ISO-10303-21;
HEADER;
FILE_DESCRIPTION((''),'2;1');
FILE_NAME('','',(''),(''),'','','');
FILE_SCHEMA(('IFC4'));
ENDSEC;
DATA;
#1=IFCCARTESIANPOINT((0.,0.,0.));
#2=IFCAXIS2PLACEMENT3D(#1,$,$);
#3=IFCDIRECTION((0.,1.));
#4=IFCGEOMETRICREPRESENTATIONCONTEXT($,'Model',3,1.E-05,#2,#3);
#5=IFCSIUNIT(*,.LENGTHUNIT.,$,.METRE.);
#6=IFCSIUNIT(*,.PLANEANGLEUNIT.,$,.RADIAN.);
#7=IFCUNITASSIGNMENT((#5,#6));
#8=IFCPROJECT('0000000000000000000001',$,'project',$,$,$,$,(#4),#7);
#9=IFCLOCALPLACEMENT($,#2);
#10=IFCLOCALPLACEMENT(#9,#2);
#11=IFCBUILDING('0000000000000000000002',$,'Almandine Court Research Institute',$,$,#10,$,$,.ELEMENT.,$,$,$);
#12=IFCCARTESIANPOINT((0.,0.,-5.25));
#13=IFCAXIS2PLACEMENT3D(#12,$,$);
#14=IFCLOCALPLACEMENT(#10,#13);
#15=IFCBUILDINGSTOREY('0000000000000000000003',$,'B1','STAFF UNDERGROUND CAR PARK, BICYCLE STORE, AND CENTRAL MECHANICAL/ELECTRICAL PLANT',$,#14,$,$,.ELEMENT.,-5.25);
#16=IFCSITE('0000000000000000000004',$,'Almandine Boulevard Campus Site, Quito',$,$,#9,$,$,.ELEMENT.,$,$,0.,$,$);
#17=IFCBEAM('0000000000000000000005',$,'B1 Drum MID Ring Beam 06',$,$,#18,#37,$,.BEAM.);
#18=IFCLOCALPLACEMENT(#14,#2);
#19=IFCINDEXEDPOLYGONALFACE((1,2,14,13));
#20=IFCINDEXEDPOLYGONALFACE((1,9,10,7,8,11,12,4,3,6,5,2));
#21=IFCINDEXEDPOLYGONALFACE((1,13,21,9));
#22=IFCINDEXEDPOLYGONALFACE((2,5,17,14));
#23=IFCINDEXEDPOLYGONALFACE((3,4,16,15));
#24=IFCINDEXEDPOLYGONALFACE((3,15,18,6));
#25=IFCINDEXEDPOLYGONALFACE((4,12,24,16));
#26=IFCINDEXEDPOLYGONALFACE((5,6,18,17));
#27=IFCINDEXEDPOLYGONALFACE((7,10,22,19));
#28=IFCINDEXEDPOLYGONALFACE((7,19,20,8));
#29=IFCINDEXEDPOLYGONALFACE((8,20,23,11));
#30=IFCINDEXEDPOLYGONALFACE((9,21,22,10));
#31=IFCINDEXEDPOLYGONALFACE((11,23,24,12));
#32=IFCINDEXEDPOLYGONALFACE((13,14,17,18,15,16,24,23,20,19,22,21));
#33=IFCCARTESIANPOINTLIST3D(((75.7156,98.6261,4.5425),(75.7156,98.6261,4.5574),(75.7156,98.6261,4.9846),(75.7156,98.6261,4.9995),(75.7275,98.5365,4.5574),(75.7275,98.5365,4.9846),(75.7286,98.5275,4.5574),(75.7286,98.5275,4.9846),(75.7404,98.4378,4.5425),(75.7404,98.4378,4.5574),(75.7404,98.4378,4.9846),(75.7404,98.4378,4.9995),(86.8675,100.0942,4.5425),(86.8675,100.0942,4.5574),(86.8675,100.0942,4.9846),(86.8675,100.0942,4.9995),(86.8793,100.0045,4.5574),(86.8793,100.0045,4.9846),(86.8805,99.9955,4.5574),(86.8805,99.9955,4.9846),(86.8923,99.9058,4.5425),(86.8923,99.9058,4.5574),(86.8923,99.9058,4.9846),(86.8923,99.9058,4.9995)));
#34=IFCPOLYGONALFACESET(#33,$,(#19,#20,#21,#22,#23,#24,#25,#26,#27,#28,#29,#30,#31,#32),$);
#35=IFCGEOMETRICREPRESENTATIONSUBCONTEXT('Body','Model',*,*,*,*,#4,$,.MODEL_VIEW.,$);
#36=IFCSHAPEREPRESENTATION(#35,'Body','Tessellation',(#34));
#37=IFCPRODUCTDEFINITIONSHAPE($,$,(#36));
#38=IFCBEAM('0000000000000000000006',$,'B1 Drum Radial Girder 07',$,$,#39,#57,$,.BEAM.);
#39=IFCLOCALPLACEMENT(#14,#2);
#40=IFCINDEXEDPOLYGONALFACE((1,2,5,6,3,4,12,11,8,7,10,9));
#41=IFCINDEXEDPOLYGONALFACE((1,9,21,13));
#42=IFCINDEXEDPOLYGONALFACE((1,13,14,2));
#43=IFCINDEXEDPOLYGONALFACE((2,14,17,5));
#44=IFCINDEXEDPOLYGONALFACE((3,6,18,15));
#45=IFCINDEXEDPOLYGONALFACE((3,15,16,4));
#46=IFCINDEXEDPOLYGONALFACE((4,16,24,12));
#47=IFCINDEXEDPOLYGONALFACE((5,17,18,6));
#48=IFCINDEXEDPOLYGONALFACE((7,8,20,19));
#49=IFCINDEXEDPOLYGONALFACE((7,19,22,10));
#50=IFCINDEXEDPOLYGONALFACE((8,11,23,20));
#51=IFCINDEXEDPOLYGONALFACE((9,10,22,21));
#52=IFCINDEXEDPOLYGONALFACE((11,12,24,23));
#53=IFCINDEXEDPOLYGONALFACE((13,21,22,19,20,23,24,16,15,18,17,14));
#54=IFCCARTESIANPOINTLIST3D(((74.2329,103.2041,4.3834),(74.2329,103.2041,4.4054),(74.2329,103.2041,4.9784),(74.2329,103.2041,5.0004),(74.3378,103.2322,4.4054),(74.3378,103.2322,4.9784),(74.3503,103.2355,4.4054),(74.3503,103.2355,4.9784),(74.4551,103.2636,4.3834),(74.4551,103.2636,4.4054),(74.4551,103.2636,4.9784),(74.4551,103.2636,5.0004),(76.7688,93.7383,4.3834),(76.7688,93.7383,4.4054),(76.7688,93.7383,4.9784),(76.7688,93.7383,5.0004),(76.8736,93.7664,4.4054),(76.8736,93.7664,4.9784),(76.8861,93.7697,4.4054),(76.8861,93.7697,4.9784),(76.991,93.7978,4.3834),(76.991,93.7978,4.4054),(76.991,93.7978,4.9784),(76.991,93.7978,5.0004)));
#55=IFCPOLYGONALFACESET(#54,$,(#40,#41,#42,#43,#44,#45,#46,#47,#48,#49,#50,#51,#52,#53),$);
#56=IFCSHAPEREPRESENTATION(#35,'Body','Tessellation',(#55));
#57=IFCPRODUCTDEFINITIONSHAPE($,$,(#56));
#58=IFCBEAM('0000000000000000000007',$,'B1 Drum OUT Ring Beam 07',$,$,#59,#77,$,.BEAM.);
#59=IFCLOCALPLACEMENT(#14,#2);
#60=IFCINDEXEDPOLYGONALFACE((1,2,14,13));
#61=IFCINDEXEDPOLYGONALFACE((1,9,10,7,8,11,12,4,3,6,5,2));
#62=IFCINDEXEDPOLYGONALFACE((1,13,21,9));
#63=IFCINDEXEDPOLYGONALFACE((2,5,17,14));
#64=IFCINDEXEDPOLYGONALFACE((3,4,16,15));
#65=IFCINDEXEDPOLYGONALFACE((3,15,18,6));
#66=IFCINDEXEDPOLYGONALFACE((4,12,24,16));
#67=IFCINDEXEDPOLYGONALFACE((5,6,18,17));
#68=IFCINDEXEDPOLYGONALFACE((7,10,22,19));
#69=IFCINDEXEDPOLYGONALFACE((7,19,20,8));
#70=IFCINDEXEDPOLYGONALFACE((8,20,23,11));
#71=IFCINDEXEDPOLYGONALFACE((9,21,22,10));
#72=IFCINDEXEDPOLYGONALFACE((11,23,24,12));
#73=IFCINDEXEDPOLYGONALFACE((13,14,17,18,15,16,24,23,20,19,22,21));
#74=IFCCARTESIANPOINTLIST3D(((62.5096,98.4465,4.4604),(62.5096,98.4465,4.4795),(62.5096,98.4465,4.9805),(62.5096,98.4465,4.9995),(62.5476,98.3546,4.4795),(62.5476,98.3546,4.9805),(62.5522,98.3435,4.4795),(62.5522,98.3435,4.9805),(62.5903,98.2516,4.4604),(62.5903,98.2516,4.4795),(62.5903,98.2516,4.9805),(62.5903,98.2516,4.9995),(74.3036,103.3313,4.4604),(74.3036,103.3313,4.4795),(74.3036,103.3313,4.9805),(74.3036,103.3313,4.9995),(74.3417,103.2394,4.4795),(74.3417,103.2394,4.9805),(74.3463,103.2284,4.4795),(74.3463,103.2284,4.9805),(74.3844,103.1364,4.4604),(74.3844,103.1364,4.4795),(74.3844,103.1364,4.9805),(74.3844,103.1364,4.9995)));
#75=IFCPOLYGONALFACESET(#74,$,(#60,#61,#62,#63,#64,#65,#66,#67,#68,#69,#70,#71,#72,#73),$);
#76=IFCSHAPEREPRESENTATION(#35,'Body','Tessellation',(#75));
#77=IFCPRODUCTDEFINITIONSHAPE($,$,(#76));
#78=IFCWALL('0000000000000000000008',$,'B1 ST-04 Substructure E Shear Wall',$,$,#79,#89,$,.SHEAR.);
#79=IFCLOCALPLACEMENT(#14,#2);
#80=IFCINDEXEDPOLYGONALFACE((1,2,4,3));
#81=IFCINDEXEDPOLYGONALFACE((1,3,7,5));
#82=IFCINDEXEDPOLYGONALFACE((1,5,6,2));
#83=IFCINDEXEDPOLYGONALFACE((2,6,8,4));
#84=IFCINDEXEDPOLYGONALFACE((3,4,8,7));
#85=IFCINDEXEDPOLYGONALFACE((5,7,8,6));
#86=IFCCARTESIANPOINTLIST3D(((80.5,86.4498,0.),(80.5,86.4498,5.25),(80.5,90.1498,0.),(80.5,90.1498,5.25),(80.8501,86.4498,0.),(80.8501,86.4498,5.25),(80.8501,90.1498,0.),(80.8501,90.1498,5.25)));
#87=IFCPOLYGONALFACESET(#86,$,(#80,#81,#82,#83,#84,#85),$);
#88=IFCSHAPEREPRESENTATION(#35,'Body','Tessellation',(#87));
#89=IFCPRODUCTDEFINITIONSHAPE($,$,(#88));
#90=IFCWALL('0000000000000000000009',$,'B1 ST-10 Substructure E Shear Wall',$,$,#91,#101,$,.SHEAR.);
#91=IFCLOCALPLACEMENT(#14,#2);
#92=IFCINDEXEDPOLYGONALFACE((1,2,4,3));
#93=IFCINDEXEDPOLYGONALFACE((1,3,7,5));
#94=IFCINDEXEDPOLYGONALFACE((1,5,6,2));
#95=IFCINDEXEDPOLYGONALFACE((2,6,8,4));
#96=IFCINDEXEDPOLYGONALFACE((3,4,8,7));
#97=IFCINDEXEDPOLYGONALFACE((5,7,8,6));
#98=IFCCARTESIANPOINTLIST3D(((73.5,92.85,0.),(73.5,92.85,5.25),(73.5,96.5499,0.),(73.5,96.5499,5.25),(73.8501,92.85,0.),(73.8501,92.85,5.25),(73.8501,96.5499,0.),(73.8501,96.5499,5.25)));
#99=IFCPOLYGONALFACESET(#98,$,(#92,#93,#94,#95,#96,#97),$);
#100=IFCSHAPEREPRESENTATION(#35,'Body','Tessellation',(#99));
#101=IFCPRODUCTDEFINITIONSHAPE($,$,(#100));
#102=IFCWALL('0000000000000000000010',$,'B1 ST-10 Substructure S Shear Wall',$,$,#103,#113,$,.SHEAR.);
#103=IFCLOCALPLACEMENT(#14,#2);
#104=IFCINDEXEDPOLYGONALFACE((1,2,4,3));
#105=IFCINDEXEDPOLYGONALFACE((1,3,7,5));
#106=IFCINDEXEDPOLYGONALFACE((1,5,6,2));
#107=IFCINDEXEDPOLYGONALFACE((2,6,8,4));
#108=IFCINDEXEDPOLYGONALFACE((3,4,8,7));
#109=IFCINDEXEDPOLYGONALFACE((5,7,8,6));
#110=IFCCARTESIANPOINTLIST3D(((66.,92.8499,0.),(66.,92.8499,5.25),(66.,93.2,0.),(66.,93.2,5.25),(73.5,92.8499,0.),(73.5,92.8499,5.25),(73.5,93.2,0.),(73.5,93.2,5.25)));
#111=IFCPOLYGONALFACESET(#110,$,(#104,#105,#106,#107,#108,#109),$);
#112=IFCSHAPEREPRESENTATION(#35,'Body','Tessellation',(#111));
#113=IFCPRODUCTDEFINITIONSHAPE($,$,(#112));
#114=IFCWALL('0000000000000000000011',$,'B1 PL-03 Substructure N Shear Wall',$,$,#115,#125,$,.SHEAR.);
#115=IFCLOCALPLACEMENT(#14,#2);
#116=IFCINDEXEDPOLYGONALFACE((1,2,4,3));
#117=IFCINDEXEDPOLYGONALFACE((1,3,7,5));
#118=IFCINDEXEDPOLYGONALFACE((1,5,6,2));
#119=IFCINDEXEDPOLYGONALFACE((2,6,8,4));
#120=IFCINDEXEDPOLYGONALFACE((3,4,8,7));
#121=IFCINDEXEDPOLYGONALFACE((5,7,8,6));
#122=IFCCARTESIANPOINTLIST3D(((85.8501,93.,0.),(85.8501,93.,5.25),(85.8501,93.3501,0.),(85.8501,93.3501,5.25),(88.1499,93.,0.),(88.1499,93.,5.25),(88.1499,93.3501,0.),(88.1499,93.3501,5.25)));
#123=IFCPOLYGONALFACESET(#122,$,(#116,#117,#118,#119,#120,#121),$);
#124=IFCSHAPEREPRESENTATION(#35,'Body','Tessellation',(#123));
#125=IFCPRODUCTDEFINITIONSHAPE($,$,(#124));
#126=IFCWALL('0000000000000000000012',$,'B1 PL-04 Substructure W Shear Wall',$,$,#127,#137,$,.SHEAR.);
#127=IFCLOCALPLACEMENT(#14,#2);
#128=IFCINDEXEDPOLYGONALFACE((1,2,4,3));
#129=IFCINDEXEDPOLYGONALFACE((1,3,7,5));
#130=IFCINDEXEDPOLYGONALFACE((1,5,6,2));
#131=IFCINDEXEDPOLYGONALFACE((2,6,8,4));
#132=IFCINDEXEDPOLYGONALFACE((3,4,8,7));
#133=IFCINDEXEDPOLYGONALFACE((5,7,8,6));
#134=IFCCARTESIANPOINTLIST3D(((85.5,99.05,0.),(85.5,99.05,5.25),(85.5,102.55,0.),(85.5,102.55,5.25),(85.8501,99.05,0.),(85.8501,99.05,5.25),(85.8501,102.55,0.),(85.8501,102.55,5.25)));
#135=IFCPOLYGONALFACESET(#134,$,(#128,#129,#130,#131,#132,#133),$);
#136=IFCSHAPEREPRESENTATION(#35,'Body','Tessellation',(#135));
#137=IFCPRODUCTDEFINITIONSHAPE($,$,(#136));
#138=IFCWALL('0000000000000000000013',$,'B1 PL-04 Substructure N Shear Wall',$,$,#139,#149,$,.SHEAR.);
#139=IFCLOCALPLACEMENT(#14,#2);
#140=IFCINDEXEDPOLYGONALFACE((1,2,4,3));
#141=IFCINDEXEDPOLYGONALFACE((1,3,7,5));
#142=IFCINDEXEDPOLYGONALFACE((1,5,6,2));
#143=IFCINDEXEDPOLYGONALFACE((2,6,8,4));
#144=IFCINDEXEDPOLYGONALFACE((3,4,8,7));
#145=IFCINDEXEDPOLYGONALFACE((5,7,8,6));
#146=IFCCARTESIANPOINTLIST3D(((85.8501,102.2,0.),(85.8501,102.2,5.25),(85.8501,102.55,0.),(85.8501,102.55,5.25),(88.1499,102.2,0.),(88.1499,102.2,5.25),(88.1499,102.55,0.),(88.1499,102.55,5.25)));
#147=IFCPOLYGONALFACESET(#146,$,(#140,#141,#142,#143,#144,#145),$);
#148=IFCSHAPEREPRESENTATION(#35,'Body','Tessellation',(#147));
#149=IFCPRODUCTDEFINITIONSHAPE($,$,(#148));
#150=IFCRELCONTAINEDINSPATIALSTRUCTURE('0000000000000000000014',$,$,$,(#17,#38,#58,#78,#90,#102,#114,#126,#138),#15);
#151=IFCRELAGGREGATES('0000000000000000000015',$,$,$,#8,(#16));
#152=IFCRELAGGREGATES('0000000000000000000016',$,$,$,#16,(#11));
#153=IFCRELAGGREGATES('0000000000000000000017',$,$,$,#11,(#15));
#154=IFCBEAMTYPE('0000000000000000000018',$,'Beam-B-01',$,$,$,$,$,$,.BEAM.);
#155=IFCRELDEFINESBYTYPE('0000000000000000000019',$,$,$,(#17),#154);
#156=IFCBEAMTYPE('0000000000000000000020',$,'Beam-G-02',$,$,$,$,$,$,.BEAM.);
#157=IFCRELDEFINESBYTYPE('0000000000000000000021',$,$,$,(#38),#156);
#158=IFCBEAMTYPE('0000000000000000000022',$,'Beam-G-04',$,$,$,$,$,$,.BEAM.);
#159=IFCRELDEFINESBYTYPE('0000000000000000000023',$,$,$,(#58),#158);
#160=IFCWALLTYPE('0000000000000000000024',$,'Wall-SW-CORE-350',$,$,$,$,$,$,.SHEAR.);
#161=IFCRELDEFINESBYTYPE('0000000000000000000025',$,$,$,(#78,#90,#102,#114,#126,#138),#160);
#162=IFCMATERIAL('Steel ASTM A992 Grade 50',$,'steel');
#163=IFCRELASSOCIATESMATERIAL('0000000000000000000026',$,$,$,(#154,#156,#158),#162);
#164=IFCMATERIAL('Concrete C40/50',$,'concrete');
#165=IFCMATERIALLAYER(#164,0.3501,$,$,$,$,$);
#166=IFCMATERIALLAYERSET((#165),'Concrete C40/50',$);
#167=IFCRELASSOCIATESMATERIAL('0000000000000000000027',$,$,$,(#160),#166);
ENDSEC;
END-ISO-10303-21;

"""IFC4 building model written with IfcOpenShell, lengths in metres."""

from ifc_helpers import new_model, si_unit, direction, frame, frame_2d, origin, origin_2d, place, context, subcontext, project, spatial, rectangle, i_section, extrude, material, layer, layer_set, material_profile, profile_set, type_object, element, save


model = new_model("IFC4")

# Units and contexts
model_context = context("Model", 3, precision=1e-05, world=origin(), true_north=direction((0.0, 1.0)))
body_context = subcontext(model_context, "Body", "Model", "MODEL_VIEW")
ifc_project = project(units=[si_unit("LENGTHUNIT", "METRE"), si_unit("PLANEANGLEUNIT", "RADIAN")], contexts=[model_context])

# Site, building, storey
site_placement = place(None, origin())
site = spatial("IfcSite", under=ifc_project, at=site_placement, Name="Almandine Boulevard Campus Site, Quito", CompositionType="ELEMENT", RefElevation=0.0)
building_placement = place(site_placement, origin())
building = spatial("IfcBuilding", under=site, at=building_placement, Name="Almandine Court Research Institute", CompositionType="ELEMENT")
storey_placement = place(building_placement, frame((0.0, 0.0, -5.25)))
storey = spatial("IfcBuildingStorey", under=building, at=storey_placement, Name="B1", Description="STAFF UNDERGROUND CAR PARK, BICYCLE STORE, AND CENTRAL MECHANICAL/ELECTRICAL PLANT", CompositionType="ELEMENT", Elevation=-5.25)

# Shared definitions
ifc_material_1 = material(Name="Concrete C40/50", Category="concrete")

# Beams
ifc_material_2 = material(Name="Steel ASTM A992 Grade 50", Category="steel")
ifc_material_profile_1 = material_profile(ifc_material_2, i_section(OverallWidth=0.1899, OverallDepth=0.457, WebThickness=0.009, FlangeThickness=0.0149, at=origin_2d()), Name="W460x74")
ifc_profile_set_1 = profile_set([ifc_material_profile_1], Name="Steel ASTM A992 Grade 50")
beam_type_1 = type_object("IfcBeamType", Name="Beam-B-01", PredefinedType="BEAM", material=ifc_profile_set_1)
beam_1_placement = place(storey_placement, frame((86.8799, 100.0, 4.771), z_axis=(-0.991447, -0.130513, 0.0), x_axis=(0.130513, -0.991447, 0.0)))
element("IfcBeam", 1, at=beam_1_placement, inside=storey, type_object=beam_type_1, Name="B1 Drum MID Ring Beam 06", PredefinedType="BEAM", context=body_context, shape_type="SweptSolid", body=[
    extrude(i_section(OverallWidth=0.1899, OverallDepth=0.457, WebThickness=0.009, FlangeThickness=0.0149, at=origin_2d()), origin(), (0.0, 0.0, 1.0), 11.248),
])
ifc_material_profile_2 = material_profile(ifc_material_2, i_section(OverallWidth=0.23, OverallDepth=0.6169, WebThickness=0.0129, FlangeThickness=0.022, at=origin_2d()), Name="W610x140")
ifc_profile_set_2 = profile_set([ifc_material_profile_2], Name="Steel ASTM A992 Grade 50")
beam_type_2 = type_object("IfcBeamType", Name="Beam-G-02", PredefinedType="BEAM", material=ifc_profile_set_2)
beam_2_placement = place(storey_placement, frame((76.8799, 93.7681, 4.6919), z_axis=(-0.258774, 0.965938, 0.0), x_axis=(-0.965938, -0.258774, 0.0)))
element("IfcBeam", 2, at=beam_2_placement, inside=storey, type_object=beam_type_2, Name="B1 Drum Radial Girder 07", PredefinedType="BEAM", context=body_context, shape_type="SweptSolid", body=[
    extrude(i_section(OverallWidth=0.23, OverallDepth=0.6169, WebThickness=0.0129, FlangeThickness=0.022, at=origin_2d()), origin(), (0.0, 0.0, 1.0), 9.7996),
])
ifc_material_profile_3 = material_profile(ifc_material_2, i_section(OverallWidth=0.2109, OverallDepth=0.5391, WebThickness=0.012, FlangeThickness=0.019, at=origin_2d()), Name="W530x109")
ifc_profile_set_3 = profile_set([ifc_material_profile_3], Name="Steel ASTM A992 Grade 50")
beam_type_3 = type_object("IfcBeamType", Name="Beam-G-04", PredefinedType="BEAM", material=ifc_profile_set_3)
beam_3_placement = place(storey_placement, frame((74.344, 103.2339, 4.73), z_axis=(-0.923892, -0.382654, 0.0), x_axis=(0.382654, -0.923892, 0.0)))
element("IfcBeam", 3, at=beam_3_placement, inside=storey, type_object=beam_type_3, Name="B1 Drum OUT Ring Beam 07", PredefinedType="BEAM", context=body_context, shape_type="SweptSolid", body=[
    extrude(i_section(OverallWidth=0.2109, OverallDepth=0.5391, WebThickness=0.012, FlangeThickness=0.019, at=origin_2d()), origin(), (0.0, 0.0, 1.0), 12.7656),
])

# Walls
ifc_layer = layer(ifc_material_1, 0.3501)
ifc_layer_set = layer_set([ifc_layer], Name="Concrete C40/50")
wall_type = type_object("IfcWallType", Name="Wall-SW-CORE-350", PredefinedType="SHEAR", material=ifc_layer_set)
for number, where, z_axis, x_axis, name in (
    (4, (80.675, 90.1499, 0.0), (0.0, 0.0, 1.0), (0.0, -1.0, 0.0), "B1 ST-04 Substructure E Shear Wall"),
    (5, (73.675, 96.55, 0.0), (0.0, 0.0, 1.0), (0.0, -1.0, 0.0), "B1 ST-10 Substructure E Shear Wall"),
):
    element("IfcWall", number, at=place(storey_placement, frame(where, z_axis=z_axis, x_axis=x_axis)), inside=storey, type_object=wall_type, Name=name, PredefinedType="SHEAR", context=body_context, shape_type="SweptSolid", body=[
        extrude(rectangle(XDim=3.7, YDim=0.3501, at=frame_2d((1.8501, 0.0))), origin(), (0.0, 0.0, 1.0), 5.25),
    ])
wall_1_placement = place(storey_placement, frame((73.5, 93.0249, 0.0), z_axis=(0.0, 0.0, 1.0), x_axis=(-1.0, 0.0, 0.0)))
element("IfcWall", 6, at=wall_1_placement, inside=storey, type_object=wall_type, Name="B1 ST-10 Substructure S Shear Wall", PredefinedType="SHEAR", context=body_context, shape_type="SweptSolid", body=[
    extrude(rectangle(XDim=7.5, YDim=0.3501, at=frame_2d((3.75, 0.0))), origin(), (0.0, 0.0, 1.0), 5.25),
])
wall_2_placement = place(storey_placement, frame((85.8501, 93.175, 0.0), z_axis=(0.0, 0.0, 1.0), x_axis=(1.0, 0.0, 0.0)))
element("IfcWall", 7, at=wall_2_placement, inside=storey, type_object=wall_type, Name="B1 PL-03 Substructure N Shear Wall", PredefinedType="SHEAR", context=body_context, shape_type="SweptSolid", body=[
    extrude(rectangle(XDim=2.2998, YDim=0.3501, at=frame_2d((1.1499, 0.0))), origin(), (0.0, 0.0, 1.0), 5.25),
])
wall_3_placement = place(storey_placement, frame((85.675, 99.05, 0.0), z_axis=(0.0, 0.0, 1.0), x_axis=(0.0, 1.0, 0.0)))
element("IfcWall", 8, at=wall_3_placement, inside=storey, type_object=wall_type, Name="B1 PL-04 Substructure W Shear Wall", PredefinedType="SHEAR", context=body_context, shape_type="SweptSolid", body=[
    extrude(rectangle(XDim=3.5, YDim=0.3501, at=frame_2d((1.75, 0.0))), origin(), (0.0, 0.0, 1.0), 5.25),
])
wall_4_placement = place(storey_placement, frame((85.8501, 102.375, 0.0), z_axis=(0.0, 0.0, 1.0), x_axis=(1.0, 0.0, 0.0)))
element("IfcWall", 9, at=wall_4_placement, inside=storey, type_object=wall_type, Name="B1 PL-04 Substructure N Shear Wall", PredefinedType="SHEAR", context=body_context, shape_type="SweptSolid", body=[
    extrude(rectangle(XDim=2.2998, YDim=0.3501, at=frame_2d((1.1499, 0.0))), origin(), (0.0, 0.0, 1.0), 5.25),
])

save(model, "model.ifc")
